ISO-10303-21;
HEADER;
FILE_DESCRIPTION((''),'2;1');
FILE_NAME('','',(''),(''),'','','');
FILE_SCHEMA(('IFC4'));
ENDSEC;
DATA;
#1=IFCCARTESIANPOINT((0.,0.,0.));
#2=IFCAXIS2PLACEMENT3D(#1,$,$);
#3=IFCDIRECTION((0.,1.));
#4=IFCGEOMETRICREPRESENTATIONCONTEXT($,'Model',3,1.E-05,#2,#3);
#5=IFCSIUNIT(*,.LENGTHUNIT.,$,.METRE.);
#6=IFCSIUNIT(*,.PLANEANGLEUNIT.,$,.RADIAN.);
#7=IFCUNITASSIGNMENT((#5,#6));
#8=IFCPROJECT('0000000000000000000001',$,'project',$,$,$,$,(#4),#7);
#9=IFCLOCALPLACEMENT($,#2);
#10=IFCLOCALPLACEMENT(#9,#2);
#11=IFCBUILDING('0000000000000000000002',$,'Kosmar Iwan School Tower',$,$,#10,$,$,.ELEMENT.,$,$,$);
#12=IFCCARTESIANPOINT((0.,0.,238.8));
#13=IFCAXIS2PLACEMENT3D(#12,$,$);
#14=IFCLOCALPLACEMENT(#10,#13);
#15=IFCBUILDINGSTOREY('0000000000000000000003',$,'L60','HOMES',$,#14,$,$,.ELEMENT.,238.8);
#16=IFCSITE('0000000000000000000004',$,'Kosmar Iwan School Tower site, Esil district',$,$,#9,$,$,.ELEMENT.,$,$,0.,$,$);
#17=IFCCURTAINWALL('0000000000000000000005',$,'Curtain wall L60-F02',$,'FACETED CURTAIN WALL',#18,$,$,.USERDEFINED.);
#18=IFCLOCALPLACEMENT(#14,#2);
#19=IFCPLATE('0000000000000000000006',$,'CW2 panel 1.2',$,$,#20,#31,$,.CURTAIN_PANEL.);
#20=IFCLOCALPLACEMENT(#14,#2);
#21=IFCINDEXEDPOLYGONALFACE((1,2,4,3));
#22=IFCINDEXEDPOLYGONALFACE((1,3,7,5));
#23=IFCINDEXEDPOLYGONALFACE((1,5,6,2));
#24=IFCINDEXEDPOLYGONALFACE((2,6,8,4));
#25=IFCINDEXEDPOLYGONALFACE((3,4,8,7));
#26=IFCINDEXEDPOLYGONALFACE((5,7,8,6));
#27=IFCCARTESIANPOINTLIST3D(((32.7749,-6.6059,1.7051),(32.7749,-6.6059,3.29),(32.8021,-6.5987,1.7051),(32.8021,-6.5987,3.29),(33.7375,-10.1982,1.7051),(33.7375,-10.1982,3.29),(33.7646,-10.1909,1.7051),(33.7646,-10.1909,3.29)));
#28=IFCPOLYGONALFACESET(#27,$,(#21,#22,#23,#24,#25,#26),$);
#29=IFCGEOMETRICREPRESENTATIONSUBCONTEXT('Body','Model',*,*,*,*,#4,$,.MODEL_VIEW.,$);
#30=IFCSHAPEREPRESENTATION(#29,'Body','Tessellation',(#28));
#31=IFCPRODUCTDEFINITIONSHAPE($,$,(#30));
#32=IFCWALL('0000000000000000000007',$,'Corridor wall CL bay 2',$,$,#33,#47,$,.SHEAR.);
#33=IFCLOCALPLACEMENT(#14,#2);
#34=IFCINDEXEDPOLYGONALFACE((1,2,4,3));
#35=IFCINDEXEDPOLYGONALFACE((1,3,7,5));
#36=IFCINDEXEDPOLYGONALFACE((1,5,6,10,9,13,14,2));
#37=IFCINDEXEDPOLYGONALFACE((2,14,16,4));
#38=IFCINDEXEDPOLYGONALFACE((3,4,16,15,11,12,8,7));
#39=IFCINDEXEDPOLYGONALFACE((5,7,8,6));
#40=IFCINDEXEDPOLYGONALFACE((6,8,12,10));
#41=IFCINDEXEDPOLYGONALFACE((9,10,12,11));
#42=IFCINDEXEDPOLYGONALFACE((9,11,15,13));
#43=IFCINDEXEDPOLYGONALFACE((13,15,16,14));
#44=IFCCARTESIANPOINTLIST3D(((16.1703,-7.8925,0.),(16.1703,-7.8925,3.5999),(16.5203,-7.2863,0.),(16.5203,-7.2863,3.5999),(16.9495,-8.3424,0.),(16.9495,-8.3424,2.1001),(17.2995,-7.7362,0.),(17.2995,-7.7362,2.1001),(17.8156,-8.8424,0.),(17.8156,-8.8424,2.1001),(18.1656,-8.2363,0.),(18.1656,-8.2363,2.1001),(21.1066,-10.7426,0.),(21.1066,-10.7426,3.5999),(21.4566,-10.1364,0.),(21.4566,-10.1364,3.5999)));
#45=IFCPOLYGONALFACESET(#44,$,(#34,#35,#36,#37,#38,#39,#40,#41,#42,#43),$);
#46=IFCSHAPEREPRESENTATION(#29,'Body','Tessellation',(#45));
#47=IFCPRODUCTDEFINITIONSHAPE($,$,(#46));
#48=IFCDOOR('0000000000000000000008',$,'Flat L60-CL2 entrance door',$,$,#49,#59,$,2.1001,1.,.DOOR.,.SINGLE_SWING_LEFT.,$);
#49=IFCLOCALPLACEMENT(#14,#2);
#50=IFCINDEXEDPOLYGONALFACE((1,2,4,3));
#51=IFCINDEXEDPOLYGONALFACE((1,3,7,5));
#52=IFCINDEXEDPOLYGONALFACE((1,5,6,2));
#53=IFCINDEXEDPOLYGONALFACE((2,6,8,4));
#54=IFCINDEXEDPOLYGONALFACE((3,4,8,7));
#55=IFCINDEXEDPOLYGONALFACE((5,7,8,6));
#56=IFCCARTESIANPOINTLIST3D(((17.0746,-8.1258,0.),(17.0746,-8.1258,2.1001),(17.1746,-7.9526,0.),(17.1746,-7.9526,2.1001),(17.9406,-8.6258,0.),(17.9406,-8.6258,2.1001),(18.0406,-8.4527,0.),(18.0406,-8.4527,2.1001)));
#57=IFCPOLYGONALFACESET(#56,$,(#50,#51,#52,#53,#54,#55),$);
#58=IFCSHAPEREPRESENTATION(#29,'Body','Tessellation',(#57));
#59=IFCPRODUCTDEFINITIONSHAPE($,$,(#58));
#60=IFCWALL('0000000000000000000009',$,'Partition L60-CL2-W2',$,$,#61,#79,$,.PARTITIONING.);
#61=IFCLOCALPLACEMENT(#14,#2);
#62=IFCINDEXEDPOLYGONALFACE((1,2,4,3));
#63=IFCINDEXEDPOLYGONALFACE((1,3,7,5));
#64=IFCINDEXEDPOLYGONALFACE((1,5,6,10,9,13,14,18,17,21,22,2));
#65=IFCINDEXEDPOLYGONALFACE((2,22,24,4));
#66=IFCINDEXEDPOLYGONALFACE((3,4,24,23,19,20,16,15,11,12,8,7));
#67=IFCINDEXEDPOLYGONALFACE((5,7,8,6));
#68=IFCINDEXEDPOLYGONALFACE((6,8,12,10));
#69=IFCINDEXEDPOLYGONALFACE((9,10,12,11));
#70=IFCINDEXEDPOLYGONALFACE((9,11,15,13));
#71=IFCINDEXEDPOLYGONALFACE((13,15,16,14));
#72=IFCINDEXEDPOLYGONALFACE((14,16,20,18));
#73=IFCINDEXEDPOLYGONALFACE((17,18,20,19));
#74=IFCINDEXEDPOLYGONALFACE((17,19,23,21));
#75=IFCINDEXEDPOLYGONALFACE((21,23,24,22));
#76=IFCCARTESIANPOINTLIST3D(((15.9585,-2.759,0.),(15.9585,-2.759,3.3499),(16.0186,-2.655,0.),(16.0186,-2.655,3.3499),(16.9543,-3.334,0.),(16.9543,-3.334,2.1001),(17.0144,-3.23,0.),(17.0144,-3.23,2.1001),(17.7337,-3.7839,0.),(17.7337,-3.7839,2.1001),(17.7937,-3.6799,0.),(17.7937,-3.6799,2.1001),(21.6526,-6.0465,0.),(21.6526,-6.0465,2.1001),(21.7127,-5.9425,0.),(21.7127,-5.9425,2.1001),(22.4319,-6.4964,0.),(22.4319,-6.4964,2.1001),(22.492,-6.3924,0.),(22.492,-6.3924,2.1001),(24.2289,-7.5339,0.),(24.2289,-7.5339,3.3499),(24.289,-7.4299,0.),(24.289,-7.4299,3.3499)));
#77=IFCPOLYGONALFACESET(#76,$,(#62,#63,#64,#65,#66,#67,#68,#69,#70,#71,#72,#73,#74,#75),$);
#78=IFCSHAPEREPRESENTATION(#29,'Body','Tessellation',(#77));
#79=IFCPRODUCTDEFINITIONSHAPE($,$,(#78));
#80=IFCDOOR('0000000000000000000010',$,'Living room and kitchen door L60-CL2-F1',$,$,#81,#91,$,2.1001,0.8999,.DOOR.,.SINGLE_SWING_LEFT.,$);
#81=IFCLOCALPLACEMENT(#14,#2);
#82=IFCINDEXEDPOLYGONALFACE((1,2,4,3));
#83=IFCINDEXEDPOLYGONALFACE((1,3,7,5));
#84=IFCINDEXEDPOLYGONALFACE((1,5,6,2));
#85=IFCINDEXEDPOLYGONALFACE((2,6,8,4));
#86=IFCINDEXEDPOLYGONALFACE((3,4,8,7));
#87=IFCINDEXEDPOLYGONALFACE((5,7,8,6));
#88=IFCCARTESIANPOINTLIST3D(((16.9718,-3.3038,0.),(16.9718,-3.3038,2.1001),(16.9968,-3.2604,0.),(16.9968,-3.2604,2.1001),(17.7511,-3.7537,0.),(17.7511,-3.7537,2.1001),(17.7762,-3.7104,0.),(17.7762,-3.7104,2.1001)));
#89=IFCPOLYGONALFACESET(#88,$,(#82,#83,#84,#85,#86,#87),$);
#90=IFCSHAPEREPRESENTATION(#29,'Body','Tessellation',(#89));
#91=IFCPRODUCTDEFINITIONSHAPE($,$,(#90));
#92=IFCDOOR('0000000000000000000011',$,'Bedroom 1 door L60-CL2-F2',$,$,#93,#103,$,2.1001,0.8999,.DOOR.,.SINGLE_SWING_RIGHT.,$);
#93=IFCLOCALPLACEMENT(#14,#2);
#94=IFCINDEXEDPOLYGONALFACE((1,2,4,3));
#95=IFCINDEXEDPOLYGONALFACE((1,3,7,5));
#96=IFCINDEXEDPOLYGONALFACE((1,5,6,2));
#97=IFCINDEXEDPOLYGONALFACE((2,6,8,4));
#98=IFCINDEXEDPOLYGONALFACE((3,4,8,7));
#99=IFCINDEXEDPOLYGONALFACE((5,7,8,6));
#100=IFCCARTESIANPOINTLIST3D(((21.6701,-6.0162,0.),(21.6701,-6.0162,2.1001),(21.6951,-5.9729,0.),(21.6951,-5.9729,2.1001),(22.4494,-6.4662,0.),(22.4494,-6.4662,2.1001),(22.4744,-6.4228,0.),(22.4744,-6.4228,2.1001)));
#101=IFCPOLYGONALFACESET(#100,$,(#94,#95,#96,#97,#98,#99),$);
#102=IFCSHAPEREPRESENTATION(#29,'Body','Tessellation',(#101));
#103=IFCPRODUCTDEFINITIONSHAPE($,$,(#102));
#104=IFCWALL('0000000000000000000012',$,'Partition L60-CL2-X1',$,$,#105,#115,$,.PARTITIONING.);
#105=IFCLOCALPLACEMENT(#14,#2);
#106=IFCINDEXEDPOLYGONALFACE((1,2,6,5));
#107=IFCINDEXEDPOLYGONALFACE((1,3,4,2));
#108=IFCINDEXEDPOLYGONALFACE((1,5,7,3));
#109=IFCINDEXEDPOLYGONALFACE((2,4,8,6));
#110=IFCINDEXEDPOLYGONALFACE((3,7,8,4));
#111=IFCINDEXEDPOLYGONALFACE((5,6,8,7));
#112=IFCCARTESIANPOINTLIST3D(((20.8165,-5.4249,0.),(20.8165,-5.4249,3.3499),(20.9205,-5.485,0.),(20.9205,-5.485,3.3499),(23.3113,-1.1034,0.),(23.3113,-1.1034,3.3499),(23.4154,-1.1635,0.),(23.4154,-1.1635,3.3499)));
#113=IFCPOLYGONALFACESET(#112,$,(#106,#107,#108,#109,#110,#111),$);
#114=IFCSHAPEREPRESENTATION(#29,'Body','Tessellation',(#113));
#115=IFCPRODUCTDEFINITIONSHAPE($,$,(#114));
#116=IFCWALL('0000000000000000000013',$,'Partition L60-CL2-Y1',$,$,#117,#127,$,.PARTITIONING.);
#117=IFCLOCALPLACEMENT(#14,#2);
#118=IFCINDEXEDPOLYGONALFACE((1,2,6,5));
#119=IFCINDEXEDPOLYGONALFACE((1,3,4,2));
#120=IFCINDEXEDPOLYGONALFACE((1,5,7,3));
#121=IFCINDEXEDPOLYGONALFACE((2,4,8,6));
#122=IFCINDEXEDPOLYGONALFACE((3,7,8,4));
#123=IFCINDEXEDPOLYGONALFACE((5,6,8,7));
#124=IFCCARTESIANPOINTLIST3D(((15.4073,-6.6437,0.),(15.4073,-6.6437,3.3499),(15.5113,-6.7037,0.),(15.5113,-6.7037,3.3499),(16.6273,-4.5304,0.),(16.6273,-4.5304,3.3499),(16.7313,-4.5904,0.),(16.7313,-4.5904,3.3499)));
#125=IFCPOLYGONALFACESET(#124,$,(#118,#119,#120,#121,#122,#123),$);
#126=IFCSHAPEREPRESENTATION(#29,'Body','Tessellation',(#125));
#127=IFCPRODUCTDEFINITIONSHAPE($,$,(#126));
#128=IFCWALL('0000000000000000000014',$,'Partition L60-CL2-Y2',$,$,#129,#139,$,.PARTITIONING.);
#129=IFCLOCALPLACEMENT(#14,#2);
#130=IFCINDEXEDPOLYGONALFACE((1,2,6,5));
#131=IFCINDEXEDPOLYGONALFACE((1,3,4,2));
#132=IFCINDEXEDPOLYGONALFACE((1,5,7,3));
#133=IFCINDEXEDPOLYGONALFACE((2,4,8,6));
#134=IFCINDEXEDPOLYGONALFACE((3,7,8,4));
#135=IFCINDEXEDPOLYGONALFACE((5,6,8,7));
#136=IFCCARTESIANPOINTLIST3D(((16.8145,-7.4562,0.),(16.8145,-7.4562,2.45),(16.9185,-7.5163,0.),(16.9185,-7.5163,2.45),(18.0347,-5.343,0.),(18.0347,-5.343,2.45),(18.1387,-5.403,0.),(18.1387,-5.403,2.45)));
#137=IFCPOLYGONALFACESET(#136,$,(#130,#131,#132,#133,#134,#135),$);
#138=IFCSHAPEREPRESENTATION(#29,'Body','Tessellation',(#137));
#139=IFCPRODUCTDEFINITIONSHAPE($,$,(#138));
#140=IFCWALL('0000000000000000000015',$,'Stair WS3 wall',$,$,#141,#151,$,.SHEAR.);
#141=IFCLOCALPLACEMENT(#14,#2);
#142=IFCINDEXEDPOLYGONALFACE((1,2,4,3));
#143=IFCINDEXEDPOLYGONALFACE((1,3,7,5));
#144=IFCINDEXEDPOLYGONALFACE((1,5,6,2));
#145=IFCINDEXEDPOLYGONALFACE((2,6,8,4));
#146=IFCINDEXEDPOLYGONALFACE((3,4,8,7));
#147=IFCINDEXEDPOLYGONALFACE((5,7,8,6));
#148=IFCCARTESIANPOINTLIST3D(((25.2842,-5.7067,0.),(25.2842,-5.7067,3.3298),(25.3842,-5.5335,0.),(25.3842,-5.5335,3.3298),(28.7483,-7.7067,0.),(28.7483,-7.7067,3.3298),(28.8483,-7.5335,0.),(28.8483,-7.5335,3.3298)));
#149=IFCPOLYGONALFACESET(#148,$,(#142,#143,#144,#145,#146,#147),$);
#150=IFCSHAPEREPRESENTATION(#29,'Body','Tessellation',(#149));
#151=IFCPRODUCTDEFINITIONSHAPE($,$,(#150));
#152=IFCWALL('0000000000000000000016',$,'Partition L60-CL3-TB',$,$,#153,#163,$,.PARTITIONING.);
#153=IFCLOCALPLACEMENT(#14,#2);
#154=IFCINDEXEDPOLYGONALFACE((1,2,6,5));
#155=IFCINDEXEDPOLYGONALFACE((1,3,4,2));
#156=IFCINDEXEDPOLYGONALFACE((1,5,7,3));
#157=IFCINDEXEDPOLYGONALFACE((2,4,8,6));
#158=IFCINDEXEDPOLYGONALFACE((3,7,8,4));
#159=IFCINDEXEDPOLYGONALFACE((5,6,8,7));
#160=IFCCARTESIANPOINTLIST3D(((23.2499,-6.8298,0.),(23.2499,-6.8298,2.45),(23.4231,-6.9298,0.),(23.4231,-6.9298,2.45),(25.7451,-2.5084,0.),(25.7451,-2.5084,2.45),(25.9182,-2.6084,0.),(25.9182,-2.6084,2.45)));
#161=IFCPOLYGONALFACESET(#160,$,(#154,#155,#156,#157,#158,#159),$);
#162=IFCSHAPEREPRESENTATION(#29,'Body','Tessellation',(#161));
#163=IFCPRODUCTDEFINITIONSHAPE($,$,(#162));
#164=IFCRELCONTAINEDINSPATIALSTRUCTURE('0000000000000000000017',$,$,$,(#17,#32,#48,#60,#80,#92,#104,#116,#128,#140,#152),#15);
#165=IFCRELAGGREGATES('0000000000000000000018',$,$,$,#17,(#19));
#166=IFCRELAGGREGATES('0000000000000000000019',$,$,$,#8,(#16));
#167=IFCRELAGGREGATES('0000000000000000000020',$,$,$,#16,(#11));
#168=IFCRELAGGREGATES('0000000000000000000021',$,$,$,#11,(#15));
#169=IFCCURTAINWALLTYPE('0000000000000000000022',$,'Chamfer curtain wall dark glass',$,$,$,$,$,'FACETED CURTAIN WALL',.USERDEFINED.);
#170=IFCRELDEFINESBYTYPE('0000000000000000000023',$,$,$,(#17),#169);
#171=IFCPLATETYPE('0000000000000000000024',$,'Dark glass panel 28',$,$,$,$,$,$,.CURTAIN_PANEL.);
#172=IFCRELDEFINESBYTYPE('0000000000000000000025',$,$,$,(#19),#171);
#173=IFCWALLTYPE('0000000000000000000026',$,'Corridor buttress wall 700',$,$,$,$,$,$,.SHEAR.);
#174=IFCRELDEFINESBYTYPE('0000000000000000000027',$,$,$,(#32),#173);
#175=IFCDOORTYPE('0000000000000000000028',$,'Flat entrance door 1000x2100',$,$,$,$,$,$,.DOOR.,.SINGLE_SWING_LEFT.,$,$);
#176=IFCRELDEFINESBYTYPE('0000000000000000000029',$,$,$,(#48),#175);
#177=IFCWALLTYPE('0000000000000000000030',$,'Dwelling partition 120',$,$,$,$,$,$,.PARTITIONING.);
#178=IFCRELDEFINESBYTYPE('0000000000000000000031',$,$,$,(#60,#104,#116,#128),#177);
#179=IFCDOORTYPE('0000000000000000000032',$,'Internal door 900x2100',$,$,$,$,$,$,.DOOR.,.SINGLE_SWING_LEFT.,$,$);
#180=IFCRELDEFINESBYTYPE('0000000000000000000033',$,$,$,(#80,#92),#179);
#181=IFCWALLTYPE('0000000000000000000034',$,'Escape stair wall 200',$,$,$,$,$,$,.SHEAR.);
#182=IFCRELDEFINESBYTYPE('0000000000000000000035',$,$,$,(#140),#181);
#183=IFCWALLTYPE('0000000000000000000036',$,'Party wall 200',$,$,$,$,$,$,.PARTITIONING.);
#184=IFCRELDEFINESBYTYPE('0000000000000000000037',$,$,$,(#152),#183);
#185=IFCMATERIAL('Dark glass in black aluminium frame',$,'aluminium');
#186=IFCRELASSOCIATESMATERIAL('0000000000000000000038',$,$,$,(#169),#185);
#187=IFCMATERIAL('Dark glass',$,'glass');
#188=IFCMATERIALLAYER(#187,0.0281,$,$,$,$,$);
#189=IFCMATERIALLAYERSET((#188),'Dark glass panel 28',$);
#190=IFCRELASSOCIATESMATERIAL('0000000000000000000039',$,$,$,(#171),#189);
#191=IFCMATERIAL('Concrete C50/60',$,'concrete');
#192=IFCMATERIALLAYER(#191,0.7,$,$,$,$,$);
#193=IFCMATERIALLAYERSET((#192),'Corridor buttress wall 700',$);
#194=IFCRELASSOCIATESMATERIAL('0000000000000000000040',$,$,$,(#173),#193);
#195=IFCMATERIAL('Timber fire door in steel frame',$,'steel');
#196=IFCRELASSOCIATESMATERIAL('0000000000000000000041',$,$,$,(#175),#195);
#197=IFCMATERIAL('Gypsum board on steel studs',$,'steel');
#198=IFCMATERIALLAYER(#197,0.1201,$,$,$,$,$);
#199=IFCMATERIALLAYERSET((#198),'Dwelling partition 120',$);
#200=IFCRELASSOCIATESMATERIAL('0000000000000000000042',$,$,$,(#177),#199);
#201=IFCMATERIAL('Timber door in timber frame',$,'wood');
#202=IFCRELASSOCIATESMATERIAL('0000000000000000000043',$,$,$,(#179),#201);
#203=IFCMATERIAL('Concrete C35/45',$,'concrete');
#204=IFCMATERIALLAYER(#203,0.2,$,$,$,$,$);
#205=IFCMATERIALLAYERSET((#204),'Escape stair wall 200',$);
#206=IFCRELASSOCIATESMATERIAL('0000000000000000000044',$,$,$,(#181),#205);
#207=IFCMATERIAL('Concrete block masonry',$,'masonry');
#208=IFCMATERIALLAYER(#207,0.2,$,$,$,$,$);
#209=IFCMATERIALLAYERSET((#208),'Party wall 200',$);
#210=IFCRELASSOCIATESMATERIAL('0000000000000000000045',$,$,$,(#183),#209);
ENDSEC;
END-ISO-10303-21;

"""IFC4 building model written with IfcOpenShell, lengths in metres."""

from ifc_helpers import new_model, si_unit, direction, frame, frame_2d, origin, origin_2d, place, context, subcontext, project, spatial, rectangle, extrude, material, layer, layer_set, type_object, element, fill, aggregate, save


model = new_model("IFC4")

# Units and contexts
model_context = context("Model", 3, precision=1e-05, world=origin(), true_north=direction((0.0, 1.0)))
body_context = subcontext(model_context, "Body", "Model", "MODEL_VIEW")
ifc_project = project(units=[si_unit("LENGTHUNIT", "METRE"), si_unit("PLANEANGLEUNIT", "RADIAN")], contexts=[model_context])

# Site, building, storey
site_placement = place(None, origin())
site = spatial("IfcSite", under=ifc_project, at=site_placement, Name="Kosmar Iwan School Tower site, Esil district", CompositionType="ELEMENT", RefElevation=0.0)
building_placement = place(site_placement, origin())
building = spatial("IfcBuilding", under=site, at=building_placement, Name="Kosmar Iwan School Tower", CompositionType="ELEMENT")
storey_placement = place(building_placement, frame((0.0, 0.0, 238.8)))
storey = spatial("IfcBuildingStorey", under=building, at=storey_placement, Name="L60", Description="HOMES", CompositionType="ELEMENT", Elevation=238.8)

# Curtain wall
ifc_material_1 = material(Name="Dark glass in black aluminium frame", Category="aluminium")
curtain_wall_type = type_object("IfcCurtainWallType", Name="Chamfer curtain wall dark glass", ElementType="FACETED CURTAIN WALL", PredefinedType="USERDEFINED", material=ifc_material_1)
curtain_wall_placement = place(storey_placement, origin())
curtain_wall = element("IfcCurtainWall", 1, at=curtain_wall_placement, inside=storey, type_object=curtain_wall_type, Name="Curtain wall L60-F02", ObjectType="FACETED CURTAIN WALL", PredefinedType="USERDEFINED")

# Plate
ifc_material_2 = material(Name="Dark glass", Category="glass")
ifc_layer_1 = layer(ifc_material_2, 0.0281)
ifc_layer_set_1 = layer_set([ifc_layer_1], Name="Dark glass panel 28")
plate_type = type_object("IfcPlateType", Name="Dark glass panel 28", PredefinedType="CURTAIN_PANEL", material=ifc_layer_set_1)
plate_placement = place(storey_placement, frame((33.2698, -8.3984, 1.7051), z_axis=(0.0, 0.0, 1.0), x_axis=(-0.258819, 0.965926, 0.0)))
plate = element("IfcPlate", 2, at=plate_placement, type_object=plate_type, Name="CW2 panel 1.2", PredefinedType="CURTAIN_PANEL", context=body_context, shape_type="SweptSolid", body=[
    extrude(rectangle(XDim=3.719, YDim=0.0281, at=origin_2d()), origin(), (0.0, 0.0, 1.0), 1.585),
])
aggregate(curtain_wall, [plate])

# Wall, opening, door
ifc_material_3 = material(Name="Concrete C50/60", Category="concrete")
ifc_layer_2 = layer(ifc_material_3, 0.7)
ifc_layer_set_2 = layer_set([ifc_layer_2], Name="Corridor buttress wall 700")
wall_type_1 = type_object("IfcWallType", Name="Corridor buttress wall 700", PredefinedType="SHEAR", material=ifc_layer_set_2)
wall_1_placement = place(storey_placement, frame((16.3452, -7.5894, 0.0), z_axis=(0.0, 0.0, 1.0), x_axis=(0.866015, -0.500018, 0.0)))
wall_1 = element("IfcWall", 3, at=wall_1_placement, inside=storey, type_object=wall_type_1, Name="Corridor wall CL bay 2", PredefinedType="SHEAR", context=body_context, shape_type="SweptSolid", body=[
    extrude(rectangle(XDim=5.7, YDim=0.7, at=frame_2d((2.8501, 0.0))), origin(), (0.0, 0.0, 1.0), 3.5999),
])
opening_1_placement = place(wall_1_placement, frame((0.8999, 0.0, 0.0)))
opening_1 = element("IfcOpeningElement", 4, at=opening_1_placement, cuts=wall_1, PredefinedType="OPENING", context=body_context, shape_type="SweptSolid", body=[
    extrude(rectangle(XDim=1.0, YDim=2.1001, at=frame_2d((0.5, 1.05))), frame((0.0, 0.3621, 0.0), z_axis=(0.0, -1.0, 0.0), x_axis=(1.0, 0.0, 0.0)), (0.0, 0.0, 1.0), 0.7239),
])
ifc_material_4 = material(Name="Timber fire door in steel frame", Category="steel")
door_type_1 = type_object("IfcDoorType", Name="Flat entrance door 1000x2100", OperationType="SINGLE_SWING_LEFT", PredefinedType="DOOR", material=ifc_material_4)
door_1_placement = place(opening_1_placement, origin())
door_1 = element("IfcDoor", 5, at=door_1_placement, inside=storey, type_object=door_type_1, Name="Flat L60-CL2 entrance door", OperationType="SINGLE_SWING_LEFT", OverallHeight=2.1001, OverallWidth=1.0, PredefinedType="DOOR", context=body_context, shape_type="SweptSolid", body=[
    extrude(rectangle(XDim=1.0, YDim=2.1001, at=frame_2d((0.5, 1.05))), frame((0.0, 0.1001, 0.0), z_axis=(0.0, -1.0, 0.0), x_axis=(1.0, 0.0, 0.0)), (0.0, 0.0, 1.0), 0.2),
])
fill(opening_1, door_1)

# Wall, openings, doors
ifc_material_5 = material(Name="Gypsum board on steel studs", Category="steel")
ifc_layer_3 = layer(ifc_material_5, 0.1201)
ifc_layer_set_3 = layer_set([ifc_layer_3], Name="Dwelling partition 120")
wall_type_2 = type_object("IfcWallType", Name="Dwelling partition 120", PredefinedType="PARTITIONING", material=ifc_layer_set_3)
wall_2_placement = place(storey_placement, frame((15.9885, -2.707, 0.0), z_axis=(0.0, 0.0, 1.0), x_axis=(0.866029, -0.499994, 0.0)))
wall_2 = element("IfcWall", 6, at=wall_2_placement, inside=storey, type_object=wall_type_2, Name="Partition L60-CL2-W2", PredefinedType="PARTITIONING", context=body_context, shape_type="SweptSolid", body=[
    extrude(rectangle(XDim=9.5498, YDim=0.1201, at=frame_2d((4.7749, 0.0))), origin(), (0.0, 0.0, 1.0), 3.3499),
])
opening_2_placement = place(wall_2_placement, frame((1.1499, 0.0, 0.0)))
opening_2 = element("IfcOpeningElement", 7, at=opening_2_placement, cuts=wall_2, PredefinedType="OPENING", context=body_context, shape_type="SweptSolid", body=[
    extrude(rectangle(XDim=0.8999, YDim=2.1001, at=frame_2d((0.45, 1.05))), frame((0.0, 0.072, 0.0), z_axis=(0.0, -1.0, 0.0), x_axis=(1.0, 0.0, 0.0)), (0.0, 0.0, 1.0), 0.144),
])
opening_3_placement = place(wall_2_placement, frame((6.575, 0.0, 0.0)))
opening_3 = element("IfcOpeningElement", 8, at=opening_3_placement, cuts=wall_2, PredefinedType="OPENING", context=body_context, shape_type="SweptSolid", body=[
    extrude(rectangle(XDim=0.8999, YDim=2.1001, at=frame_2d((0.45, 1.05))), frame((0.0, 0.072, 0.0), z_axis=(0.0, -1.0, 0.0), x_axis=(1.0, 0.0, 0.0)), (0.0, 0.0, 1.0), 0.144),
])
ifc_material_6 = material(Name="Timber door in timber frame", Category="wood")
door_type_2 = type_object("IfcDoorType", Name="Internal door 900x2100", OperationType="SINGLE_SWING_LEFT", PredefinedType="DOOR", material=ifc_material_6)
door_2_placement = place(opening_2_placement, origin())
door_2 = element("IfcDoor", 9, at=door_2_placement, inside=storey, type_object=door_type_2, Name="Living room and kitchen door L60-CL2-F1", OperationType="SINGLE_SWING_LEFT", OverallHeight=2.1001, OverallWidth=0.8999, PredefinedType="DOOR", context=body_context, shape_type="SweptSolid", body=[
    extrude(rectangle(XDim=0.8999, YDim=2.1001, at=frame_2d((0.45, 1.05))), frame((0.0, 0.0249, 0.0), z_axis=(0.0, -1.0, 0.0), x_axis=(1.0, 0.0, 0.0)), (0.0, 0.0, 1.0), 0.05),
])
fill(opening_2, door_2)
door_3_placement = place(opening_3_placement, origin())
door_3 = element("IfcDoor", 10, at=door_3_placement, inside=storey, type_object=door_type_2, Name="Bedroom 1 door L60-CL2-F2", OperationType="SINGLE_SWING_RIGHT", OverallHeight=2.1001, OverallWidth=0.8999, PredefinedType="DOOR", context=body_context, shape_type="SweptSolid", body=[
    extrude(rectangle(XDim=0.8999, YDim=2.1001, at=frame_2d((0.45, 1.05))), frame((0.0, 0.0249, 0.0), z_axis=(0.0, -1.0, 0.0), x_axis=(1.0, 0.0, 0.0)), (0.0, 0.0, 1.0), 0.05),
])
fill(opening_3, door_3)

# Walls
wall_3_placement = place(storey_placement, frame((20.8684, -5.4551, 0.0), z_axis=(0.0, 0.0, 1.0), x_axis=(0.499975, 0.86604, 0.0)))
element("IfcWall", 11, at=wall_3_placement, inside=storey, type_object=wall_type_2, Name="Partition L60-CL2-X1", PredefinedType="PARTITIONING", context=body_context, shape_type="SweptSolid", body=[
    extrude(rectangle(XDim=4.99, YDim=0.1201, at=frame_2d((2.4951, 0.0))), origin(), (0.0, 0.0, 1.0), 3.3499),
])
wall_4_placement = place(storey_placement, frame((15.4592, -6.6738, 0.0), z_axis=(0.0, 0.0, 1.0), x_axis=(0.499959, 0.866049, 0.0)))
element("IfcWall", 12, at=wall_4_placement, inside=storey, type_object=wall_type_2, Name="Partition L60-CL2-Y1", PredefinedType="PARTITIONING", context=body_context, shape_type="SweptSolid", body=[
    extrude(rectangle(XDim=2.4402, YDim=0.1201, at=frame_2d((1.2202, 0.0))), origin(), (0.0, 0.0, 1.0), 3.3499),
])
wall_5_placement = place(storey_placement, frame((16.8665, -7.4863, 0.0), z_axis=(0.0, 0.0, 1.0), x_axis=(0.500034, 0.866006, 0.0)))
element("IfcWall", 13, at=wall_5_placement, inside=storey, type_object=wall_type_2, Name="Partition L60-CL2-Y2", PredefinedType="PARTITIONING", context=body_context, shape_type="SweptSolid", body=[
    extrude(rectangle(XDim=2.4402, YDim=0.1201, at=frame_2d((1.2202, 0.0))), origin(), (0.0, 0.0, 1.0), 2.45),
])
ifc_material_7 = material(Name="Concrete C35/45", Category="concrete")
ifc_layer_4 = layer(ifc_material_7, 0.2)
ifc_layer_set_4 = layer_set([ifc_layer_4], Name="Escape stair wall 200")
wall_type_3 = type_object("IfcWallType", Name="Escape stair wall 200", PredefinedType="SHEAR", material=ifc_layer_set_4)
wall_6_placement = place(storey_placement, frame((25.3342, -5.6201, 0.0), z_axis=(0.0, 0.0, 1.0), x_axis=(0.866026, -0.499999, 0.0)))
element("IfcWall", 14, at=wall_6_placement, inside=storey, type_object=wall_type_3, Name="Stair WS3 wall", PredefinedType="SHEAR", context=body_context, shape_type="SweptSolid", body=[
    extrude(rectangle(XDim=4.0, YDim=0.2, at=frame_2d((2.0, 0.0))), origin(), (0.0, 0.0, 1.0), 3.3298),
])
ifc_material_8 = material(Name="Concrete block masonry", Category="masonry")
ifc_layer_5 = layer(ifc_material_8, 0.2)
ifc_layer_set_5 = layer_set([ifc_layer_5], Name="Party wall 200")
wall_type_4 = type_object("IfcWallType", Name="Party wall 200", PredefinedType="PARTITIONING", material=ifc_layer_set_5)
wall_7_placement = place(storey_placement, frame((23.3364, -6.8799, 0.0), z_axis=(0.0, 0.0, 1.0), x_axis=(0.500033, 0.866006, 0.0)))
element("IfcWall", 15, at=wall_7_placement, inside=storey, type_object=wall_type_4, Name="Partition L60-CL3-TB", PredefinedType="PARTITIONING", context=body_context, shape_type="SweptSolid", body=[
    extrude(rectangle(XDim=4.99, YDim=0.2, at=frame_2d((2.4951, 0.0))), origin(), (0.0, 0.0, 1.0), 2.45),
])

save(model, "model.ifc")
